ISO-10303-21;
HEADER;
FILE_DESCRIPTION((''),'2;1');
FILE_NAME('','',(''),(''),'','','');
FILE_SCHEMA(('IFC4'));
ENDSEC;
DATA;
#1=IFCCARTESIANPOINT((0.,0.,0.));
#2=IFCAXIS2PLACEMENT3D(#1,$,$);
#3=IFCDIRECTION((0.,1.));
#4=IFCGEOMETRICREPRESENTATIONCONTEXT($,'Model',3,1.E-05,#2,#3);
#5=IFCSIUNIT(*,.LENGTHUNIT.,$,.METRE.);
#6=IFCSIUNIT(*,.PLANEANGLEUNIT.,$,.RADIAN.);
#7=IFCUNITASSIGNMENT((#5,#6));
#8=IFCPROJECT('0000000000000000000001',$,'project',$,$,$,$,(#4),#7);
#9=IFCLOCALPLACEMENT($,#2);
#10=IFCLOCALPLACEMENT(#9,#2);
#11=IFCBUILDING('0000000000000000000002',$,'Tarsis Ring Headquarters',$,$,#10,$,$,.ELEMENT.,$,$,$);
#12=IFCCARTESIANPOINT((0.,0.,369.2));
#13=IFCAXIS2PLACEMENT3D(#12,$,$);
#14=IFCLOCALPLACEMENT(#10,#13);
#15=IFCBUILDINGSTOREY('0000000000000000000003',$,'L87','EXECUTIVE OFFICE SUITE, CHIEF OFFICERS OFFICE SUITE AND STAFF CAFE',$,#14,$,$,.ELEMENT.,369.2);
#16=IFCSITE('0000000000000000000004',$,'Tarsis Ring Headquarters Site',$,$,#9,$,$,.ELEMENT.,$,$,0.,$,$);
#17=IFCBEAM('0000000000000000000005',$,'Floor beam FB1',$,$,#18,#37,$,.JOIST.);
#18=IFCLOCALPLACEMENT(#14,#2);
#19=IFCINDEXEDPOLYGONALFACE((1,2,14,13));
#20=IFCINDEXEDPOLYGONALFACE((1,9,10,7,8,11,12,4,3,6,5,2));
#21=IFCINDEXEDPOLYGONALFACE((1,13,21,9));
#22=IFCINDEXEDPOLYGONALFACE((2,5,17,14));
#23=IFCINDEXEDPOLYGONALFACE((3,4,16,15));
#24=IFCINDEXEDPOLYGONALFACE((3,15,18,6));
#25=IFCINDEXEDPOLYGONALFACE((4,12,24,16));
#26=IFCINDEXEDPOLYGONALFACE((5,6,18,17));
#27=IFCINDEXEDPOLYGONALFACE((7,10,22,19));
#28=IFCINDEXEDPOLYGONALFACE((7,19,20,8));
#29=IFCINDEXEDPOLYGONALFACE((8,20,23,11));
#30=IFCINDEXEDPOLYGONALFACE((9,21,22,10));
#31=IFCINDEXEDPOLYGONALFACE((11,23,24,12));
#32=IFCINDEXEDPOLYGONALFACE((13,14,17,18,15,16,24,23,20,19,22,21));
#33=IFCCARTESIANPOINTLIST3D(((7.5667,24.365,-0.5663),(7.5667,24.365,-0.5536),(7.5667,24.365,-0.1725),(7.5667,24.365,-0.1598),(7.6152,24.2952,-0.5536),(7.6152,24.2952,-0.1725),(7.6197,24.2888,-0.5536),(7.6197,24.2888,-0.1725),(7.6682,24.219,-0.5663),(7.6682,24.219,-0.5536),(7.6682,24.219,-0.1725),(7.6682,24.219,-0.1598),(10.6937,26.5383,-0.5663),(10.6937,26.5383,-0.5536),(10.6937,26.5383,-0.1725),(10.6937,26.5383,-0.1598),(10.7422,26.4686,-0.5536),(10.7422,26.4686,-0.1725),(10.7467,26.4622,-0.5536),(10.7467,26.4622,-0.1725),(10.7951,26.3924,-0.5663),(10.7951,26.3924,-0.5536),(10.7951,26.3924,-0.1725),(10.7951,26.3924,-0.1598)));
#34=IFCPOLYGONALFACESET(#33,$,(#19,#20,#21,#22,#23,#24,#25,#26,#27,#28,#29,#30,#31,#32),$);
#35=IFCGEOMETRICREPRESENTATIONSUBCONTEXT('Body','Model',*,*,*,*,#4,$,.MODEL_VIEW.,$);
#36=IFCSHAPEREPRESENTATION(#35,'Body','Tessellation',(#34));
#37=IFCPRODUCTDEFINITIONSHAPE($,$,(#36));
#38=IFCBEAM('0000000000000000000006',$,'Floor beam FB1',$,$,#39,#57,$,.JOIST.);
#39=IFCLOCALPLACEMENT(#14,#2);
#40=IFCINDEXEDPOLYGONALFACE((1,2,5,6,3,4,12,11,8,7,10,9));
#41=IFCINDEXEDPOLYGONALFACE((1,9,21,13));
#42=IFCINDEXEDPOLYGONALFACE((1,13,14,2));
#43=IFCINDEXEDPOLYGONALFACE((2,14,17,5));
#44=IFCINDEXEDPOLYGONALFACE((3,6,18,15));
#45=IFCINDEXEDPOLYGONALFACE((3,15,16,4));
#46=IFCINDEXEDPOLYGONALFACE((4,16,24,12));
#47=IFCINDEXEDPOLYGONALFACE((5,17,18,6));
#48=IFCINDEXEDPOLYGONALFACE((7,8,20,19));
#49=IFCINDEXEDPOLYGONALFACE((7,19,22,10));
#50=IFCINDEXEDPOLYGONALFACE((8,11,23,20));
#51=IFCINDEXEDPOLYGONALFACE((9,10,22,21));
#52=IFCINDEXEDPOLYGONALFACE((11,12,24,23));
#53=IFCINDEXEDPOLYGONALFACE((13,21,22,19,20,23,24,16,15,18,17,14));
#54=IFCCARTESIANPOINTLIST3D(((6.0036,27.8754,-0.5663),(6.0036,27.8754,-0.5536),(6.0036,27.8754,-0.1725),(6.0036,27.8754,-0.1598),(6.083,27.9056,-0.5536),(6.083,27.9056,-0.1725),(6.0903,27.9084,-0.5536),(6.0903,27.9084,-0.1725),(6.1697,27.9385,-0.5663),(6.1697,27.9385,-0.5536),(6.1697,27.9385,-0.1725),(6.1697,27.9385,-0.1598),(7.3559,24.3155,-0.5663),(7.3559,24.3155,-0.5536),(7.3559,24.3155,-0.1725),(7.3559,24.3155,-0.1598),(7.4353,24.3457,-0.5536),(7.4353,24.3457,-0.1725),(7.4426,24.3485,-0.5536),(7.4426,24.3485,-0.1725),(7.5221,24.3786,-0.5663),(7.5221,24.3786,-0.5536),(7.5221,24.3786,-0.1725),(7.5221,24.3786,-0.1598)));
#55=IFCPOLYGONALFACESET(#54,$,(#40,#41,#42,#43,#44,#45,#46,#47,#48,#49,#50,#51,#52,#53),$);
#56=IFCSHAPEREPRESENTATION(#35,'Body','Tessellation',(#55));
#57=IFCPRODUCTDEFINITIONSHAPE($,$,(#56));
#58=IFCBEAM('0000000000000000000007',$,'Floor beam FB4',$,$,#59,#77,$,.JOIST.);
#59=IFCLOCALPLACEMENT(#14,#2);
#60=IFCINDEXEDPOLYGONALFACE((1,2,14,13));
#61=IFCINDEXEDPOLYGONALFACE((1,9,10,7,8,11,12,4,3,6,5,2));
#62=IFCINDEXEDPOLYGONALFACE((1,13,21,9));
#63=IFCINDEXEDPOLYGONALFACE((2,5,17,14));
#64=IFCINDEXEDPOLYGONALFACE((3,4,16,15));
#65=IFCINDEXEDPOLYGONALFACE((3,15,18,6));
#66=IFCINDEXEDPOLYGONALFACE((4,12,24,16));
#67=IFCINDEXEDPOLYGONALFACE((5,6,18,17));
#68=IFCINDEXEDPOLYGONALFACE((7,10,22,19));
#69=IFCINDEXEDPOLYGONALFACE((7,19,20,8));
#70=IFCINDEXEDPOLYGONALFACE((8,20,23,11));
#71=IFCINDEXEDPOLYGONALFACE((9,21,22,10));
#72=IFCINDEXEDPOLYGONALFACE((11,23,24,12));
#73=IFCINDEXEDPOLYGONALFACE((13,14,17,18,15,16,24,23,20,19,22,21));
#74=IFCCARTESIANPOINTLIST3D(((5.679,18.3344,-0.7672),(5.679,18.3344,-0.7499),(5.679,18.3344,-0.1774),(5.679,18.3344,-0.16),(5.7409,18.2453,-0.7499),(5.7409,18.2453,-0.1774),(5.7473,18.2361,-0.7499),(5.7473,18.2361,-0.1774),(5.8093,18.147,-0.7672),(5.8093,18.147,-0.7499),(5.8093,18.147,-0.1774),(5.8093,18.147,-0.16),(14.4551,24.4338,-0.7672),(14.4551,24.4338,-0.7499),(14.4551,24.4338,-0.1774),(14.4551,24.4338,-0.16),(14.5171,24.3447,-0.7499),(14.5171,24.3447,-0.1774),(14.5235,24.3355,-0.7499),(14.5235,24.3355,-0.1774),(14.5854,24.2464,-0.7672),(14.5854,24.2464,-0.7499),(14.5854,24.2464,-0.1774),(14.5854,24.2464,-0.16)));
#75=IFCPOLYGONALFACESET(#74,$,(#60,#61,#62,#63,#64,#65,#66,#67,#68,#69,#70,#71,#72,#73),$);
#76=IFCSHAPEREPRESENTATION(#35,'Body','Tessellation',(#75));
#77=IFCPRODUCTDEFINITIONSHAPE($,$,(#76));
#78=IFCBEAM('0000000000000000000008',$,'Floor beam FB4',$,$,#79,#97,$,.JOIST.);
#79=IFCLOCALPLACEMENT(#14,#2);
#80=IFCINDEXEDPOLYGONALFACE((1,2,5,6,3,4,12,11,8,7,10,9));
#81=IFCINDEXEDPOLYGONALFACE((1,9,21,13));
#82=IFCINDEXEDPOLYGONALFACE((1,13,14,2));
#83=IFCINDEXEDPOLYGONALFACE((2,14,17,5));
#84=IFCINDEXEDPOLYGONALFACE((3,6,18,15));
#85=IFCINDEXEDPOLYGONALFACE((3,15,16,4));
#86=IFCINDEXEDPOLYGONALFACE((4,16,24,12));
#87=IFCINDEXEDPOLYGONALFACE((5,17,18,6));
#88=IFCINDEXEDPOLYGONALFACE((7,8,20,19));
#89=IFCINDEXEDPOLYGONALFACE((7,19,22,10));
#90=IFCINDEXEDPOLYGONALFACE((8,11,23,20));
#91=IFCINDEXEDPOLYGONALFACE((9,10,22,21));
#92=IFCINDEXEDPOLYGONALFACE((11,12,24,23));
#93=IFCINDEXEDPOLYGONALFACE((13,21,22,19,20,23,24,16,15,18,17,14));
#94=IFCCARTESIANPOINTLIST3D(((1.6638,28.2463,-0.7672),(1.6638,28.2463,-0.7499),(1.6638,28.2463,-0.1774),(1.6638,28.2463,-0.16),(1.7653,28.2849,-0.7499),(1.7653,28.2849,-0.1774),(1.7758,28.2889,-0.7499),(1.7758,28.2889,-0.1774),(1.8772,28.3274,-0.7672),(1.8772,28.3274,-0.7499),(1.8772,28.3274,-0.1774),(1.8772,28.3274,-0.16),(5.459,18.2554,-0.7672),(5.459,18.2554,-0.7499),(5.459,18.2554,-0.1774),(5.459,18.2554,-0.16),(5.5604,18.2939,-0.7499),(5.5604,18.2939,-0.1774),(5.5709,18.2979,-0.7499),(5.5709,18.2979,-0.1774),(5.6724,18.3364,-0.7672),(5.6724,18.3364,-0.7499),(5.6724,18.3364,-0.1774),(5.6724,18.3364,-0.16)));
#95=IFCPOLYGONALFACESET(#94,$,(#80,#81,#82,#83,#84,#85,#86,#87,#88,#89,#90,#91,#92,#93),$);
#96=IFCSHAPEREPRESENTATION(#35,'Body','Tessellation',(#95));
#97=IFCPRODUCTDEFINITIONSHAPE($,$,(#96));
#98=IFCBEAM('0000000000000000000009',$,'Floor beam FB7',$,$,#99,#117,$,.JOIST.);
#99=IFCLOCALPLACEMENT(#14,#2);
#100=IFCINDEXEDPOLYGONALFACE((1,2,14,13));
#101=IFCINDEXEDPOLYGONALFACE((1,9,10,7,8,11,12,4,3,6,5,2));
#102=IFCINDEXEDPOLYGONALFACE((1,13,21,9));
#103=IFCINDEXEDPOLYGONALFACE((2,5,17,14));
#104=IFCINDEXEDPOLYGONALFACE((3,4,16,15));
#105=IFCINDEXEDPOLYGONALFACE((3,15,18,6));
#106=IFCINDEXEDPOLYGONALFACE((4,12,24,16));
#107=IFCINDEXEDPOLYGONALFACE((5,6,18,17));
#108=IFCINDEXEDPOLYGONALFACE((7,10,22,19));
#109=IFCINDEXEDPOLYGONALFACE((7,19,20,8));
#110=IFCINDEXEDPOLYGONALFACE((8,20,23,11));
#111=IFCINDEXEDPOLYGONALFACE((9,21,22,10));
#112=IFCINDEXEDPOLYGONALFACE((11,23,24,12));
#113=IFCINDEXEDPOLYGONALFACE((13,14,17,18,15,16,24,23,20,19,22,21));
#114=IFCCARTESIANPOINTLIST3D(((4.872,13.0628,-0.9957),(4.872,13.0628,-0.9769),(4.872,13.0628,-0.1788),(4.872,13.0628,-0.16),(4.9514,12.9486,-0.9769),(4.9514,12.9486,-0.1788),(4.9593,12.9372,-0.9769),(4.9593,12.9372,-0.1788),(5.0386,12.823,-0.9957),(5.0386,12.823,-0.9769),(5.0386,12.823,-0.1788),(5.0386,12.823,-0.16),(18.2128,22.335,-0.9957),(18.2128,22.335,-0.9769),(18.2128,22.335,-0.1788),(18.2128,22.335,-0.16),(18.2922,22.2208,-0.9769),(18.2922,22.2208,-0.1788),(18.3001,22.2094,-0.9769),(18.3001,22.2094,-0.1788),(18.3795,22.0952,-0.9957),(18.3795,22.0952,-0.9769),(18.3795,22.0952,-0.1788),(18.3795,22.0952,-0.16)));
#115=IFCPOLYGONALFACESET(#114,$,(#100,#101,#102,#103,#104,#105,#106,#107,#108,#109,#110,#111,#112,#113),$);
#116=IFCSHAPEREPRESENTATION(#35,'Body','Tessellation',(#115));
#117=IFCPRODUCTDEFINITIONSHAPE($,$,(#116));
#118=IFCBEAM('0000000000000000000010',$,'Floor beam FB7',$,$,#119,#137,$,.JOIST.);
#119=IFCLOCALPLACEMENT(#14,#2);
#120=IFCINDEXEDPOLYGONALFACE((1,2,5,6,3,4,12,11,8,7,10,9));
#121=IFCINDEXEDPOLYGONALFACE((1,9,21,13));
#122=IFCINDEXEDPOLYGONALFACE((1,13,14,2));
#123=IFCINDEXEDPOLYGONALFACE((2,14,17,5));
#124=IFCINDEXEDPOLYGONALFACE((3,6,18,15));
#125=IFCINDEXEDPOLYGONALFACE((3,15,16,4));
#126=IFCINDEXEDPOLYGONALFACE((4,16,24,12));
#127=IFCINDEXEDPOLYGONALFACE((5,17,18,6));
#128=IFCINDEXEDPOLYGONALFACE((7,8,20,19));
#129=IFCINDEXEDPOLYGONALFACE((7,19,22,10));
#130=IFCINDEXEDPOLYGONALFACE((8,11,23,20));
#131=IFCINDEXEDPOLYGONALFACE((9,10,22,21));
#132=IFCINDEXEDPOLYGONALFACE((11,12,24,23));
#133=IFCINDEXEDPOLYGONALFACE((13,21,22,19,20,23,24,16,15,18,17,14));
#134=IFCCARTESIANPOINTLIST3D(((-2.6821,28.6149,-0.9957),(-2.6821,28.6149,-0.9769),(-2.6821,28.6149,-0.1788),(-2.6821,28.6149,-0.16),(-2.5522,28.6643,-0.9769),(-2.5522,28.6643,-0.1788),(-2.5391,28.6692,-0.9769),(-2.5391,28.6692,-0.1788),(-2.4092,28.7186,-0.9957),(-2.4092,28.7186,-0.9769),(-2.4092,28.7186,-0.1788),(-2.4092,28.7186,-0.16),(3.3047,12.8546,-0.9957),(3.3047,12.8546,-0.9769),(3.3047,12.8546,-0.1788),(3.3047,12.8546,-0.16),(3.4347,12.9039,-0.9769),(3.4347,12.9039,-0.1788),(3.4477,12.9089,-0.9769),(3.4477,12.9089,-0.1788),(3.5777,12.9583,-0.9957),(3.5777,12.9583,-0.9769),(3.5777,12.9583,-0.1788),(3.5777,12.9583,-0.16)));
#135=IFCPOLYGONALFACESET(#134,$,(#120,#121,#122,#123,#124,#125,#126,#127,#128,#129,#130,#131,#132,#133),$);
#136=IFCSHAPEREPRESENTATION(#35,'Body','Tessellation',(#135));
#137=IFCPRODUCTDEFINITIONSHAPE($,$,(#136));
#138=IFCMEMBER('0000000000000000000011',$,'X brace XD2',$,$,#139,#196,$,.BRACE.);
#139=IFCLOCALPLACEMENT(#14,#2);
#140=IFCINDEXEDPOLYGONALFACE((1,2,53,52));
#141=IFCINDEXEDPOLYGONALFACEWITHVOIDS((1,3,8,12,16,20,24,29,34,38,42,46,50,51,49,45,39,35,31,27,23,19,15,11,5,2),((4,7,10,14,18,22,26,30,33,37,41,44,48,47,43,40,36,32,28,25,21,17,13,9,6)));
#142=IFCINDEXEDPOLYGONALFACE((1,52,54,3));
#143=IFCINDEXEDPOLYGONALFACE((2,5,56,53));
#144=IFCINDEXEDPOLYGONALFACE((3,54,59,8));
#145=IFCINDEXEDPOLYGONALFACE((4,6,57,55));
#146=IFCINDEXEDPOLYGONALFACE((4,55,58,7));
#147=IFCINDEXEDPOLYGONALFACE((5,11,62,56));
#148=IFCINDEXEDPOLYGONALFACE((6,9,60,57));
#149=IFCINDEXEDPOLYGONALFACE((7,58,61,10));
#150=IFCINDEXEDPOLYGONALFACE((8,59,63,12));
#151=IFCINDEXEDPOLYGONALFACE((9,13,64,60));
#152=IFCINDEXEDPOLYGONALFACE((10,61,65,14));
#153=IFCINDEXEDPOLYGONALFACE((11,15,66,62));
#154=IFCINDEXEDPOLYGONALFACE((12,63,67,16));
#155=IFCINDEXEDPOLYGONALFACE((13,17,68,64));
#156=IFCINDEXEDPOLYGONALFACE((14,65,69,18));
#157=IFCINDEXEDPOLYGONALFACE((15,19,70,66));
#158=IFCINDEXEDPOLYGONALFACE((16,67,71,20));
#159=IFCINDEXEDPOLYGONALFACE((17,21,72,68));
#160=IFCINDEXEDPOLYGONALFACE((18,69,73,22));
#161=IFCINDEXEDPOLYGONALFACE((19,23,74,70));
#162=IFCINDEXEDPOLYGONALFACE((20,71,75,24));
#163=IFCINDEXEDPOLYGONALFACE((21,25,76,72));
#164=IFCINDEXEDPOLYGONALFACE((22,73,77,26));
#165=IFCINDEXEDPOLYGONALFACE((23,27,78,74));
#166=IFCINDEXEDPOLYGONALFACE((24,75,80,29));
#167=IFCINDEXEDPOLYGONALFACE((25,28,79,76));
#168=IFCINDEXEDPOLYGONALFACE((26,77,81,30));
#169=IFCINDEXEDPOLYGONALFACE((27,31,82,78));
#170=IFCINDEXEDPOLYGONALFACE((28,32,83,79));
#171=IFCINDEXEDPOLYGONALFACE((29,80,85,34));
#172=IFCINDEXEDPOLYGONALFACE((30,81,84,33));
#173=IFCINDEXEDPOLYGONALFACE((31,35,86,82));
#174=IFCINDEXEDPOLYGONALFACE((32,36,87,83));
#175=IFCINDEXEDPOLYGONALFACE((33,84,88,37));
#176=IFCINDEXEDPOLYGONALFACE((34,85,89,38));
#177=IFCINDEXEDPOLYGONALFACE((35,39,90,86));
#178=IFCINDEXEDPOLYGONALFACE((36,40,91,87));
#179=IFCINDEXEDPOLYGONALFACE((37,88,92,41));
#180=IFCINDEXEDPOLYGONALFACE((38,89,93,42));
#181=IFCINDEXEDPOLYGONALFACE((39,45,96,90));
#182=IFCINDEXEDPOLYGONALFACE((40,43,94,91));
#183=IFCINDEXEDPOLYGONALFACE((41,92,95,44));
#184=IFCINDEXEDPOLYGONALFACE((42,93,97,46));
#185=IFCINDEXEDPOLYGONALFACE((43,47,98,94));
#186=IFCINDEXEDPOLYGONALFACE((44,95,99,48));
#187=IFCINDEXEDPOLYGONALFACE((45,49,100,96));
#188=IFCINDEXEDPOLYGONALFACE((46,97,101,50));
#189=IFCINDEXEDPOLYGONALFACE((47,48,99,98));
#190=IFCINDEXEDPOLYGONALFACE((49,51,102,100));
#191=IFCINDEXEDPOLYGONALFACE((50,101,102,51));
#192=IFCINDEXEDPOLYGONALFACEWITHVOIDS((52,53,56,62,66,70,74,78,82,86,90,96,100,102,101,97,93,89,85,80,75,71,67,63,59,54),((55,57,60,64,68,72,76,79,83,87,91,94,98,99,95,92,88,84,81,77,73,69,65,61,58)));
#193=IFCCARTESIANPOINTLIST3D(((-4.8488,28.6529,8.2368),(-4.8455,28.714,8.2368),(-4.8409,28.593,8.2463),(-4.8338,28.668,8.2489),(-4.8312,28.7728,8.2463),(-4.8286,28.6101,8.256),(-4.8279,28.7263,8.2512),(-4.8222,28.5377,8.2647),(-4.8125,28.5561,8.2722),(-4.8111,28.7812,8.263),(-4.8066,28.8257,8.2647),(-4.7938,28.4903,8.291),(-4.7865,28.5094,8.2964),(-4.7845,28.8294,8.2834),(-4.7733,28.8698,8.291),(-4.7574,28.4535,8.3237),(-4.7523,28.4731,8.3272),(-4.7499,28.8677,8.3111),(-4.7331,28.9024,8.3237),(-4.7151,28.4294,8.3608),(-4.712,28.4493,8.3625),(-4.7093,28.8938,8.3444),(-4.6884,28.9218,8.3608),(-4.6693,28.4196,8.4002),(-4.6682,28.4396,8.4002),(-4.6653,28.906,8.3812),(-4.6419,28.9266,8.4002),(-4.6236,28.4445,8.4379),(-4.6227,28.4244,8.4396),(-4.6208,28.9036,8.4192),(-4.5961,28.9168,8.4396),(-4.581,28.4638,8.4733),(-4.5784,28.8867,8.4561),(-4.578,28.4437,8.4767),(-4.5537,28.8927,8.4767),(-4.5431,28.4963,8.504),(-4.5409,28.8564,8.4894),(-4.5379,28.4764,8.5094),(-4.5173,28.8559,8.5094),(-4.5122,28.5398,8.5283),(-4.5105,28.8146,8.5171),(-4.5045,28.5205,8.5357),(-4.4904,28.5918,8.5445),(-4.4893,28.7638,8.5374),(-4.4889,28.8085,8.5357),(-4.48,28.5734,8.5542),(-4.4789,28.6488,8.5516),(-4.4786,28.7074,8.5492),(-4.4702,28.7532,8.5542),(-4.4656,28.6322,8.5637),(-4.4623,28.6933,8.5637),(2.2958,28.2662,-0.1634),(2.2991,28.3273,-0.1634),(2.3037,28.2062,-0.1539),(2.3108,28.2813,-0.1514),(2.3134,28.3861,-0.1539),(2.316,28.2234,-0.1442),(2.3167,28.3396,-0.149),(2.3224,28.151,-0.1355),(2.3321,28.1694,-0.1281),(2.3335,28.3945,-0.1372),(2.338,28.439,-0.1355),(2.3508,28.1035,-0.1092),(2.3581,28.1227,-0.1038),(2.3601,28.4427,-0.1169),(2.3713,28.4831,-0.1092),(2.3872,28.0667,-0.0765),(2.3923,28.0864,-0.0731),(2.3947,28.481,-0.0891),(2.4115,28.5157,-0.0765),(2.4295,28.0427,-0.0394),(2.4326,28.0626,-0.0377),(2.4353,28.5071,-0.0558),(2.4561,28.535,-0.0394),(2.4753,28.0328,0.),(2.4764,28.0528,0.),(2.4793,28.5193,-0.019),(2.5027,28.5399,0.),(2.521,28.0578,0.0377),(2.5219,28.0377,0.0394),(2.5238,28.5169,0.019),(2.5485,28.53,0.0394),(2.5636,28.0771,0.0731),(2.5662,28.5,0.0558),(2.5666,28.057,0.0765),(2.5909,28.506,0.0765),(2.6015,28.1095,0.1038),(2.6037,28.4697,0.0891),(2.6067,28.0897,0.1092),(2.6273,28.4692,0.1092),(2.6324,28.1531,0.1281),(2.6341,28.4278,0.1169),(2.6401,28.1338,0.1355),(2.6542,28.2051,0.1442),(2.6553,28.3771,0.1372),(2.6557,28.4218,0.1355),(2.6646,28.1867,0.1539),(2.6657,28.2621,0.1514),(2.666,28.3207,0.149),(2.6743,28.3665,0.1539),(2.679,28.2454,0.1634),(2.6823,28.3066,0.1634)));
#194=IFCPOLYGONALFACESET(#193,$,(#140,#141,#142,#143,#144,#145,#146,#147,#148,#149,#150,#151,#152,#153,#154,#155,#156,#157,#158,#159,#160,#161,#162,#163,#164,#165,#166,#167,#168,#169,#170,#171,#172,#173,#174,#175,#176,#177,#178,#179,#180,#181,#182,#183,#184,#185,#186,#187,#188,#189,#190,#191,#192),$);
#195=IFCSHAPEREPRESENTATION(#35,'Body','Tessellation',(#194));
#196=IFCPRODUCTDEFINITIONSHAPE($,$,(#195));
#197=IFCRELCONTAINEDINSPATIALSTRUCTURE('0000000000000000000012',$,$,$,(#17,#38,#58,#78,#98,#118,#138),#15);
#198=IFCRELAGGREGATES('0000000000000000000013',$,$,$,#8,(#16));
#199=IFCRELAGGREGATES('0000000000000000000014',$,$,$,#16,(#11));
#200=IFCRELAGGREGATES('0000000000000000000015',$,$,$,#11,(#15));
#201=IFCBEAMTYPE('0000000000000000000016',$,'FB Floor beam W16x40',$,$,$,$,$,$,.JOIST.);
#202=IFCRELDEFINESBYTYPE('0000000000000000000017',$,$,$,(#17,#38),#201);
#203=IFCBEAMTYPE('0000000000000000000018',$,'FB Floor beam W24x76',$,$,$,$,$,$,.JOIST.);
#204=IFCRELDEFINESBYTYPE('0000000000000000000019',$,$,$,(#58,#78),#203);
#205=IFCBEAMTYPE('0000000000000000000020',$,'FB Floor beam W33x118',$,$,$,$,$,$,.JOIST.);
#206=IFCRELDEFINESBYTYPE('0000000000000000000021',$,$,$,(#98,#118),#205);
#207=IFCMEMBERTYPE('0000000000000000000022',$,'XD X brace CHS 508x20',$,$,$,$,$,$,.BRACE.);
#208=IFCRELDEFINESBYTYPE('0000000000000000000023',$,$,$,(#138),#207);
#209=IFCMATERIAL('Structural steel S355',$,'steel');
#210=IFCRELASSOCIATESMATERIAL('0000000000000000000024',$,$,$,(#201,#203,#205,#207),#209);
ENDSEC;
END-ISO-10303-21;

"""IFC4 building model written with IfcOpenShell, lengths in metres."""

from ifc_helpers import new_model, si_unit, direction, frame, origin, origin_2d, place, context, subcontext, project, spatial, hollow_circle, i_section, extrude, material, material_profile, profile_set, type_object, element, save


model = new_model("IFC4")

# Units and contexts
model_context = context("Model", 3, precision=1e-05, world=origin(), true_north=direction((0.0, 1.0)))
body_context = subcontext(model_context, "Body", "Model", "MODEL_VIEW")
ifc_project = project(units=[si_unit("LENGTHUNIT", "METRE"), si_unit("PLANEANGLEUNIT", "RADIAN")], contexts=[model_context])

# Site, building, storey
site_placement = place(None, origin())
site = spatial("IfcSite", under=ifc_project, at=site_placement, Name="Tarsis Ring Headquarters Site", CompositionType="ELEMENT", RefElevation=0.0)
building_placement = place(site_placement, origin())
building = spatial("IfcBuilding", under=site, at=building_placement, Name="Tarsis Ring Headquarters", CompositionType="ELEMENT")
storey_placement = place(building_placement, frame((0.0, 0.0, 369.2)))
storey = spatial("IfcBuildingStorey", under=building, at=storey_placement, Name="L87", Description="EXECUTIVE OFFICE SUITE, CHIEF OFFICERS OFFICE SUITE AND STAFF CAFE", CompositionType="ELEMENT", Elevation=369.2)

# Beams
ifc_material_1 = material(Name="Structural steel S355", Category="steel")
ifc_material_profile_1 = material_profile(ifc_material_1, i_section(OverallWidth=0.1777, OverallDepth=0.4065, WebThickness=0.0078, FlangeThickness=0.0127, at=origin_2d()), Name="W16x40")
ifc_profile_set_1 = profile_set([ifc_material_profile_1], Name="Structural steel S355")
beam_type_1 = type_object("IfcBeamType", Name="FB Floor beam W16x40", PredefinedType="JOIST", material=ifc_profile_set_1)
for number, where, z_axis, x_axis, name in (
    (1, (7.6174, 24.292, -0.363), (0.821143, 0.570723, 0.0), (-0.570723, 0.821143, 0.0), "Floor beam FB1"),
    (2, (6.0867, 27.907, -0.363), (0.355118, -0.934821, 0.0), (0.934821, 0.355118, 0.0), "Floor beam FB1"),
):
    element("IfcBeam", number, at=place(storey_placement, frame(where, z_axis=z_axis, x_axis=x_axis)), inside=storey, type_object=beam_type_1, Name=name, PredefinedType="JOIST", context=body_context, shape_type="SweptSolid", body=[
        extrude(i_section(OverallWidth=0.1777, OverallDepth=0.4065, WebThickness=0.0078, FlangeThickness=0.0127, at=origin_2d()), origin(), (0.0, 0.0, 1.0), 3.8081),
    ])
ifc_material_profile_2 = material_profile(ifc_material_1, i_section(OverallWidth=0.2283, OverallDepth=0.6072, WebThickness=0.0112, FlangeThickness=0.0173, at=origin_2d()), Name="W24x76")
ifc_profile_set_2 = profile_set([ifc_material_profile_2], Name="Structural steel S355")
beam_type_2 = type_object("IfcBeamType", Name="FB Floor beam W24x76", PredefinedType="JOIST", material=ifc_profile_set_2)
for number, where, z_axis, x_axis, name in (
    (3, (5.7441, 18.2407, -0.4636), (0.821158, 0.570701, 0.0), (-0.570701, 0.821158, 0.0), "Floor beam FB4"),
    (4, (1.7705, 28.2869, -0.4636), (0.355103, -0.934827, 0.0), (0.934827, 0.355103, 0.0), "Floor beam FB4"),
):
    element("IfcBeam", number, at=place(storey_placement, frame(where, z_axis=z_axis, x_axis=x_axis)), inside=storey, type_object=beam_type_2, Name=name, PredefinedType="JOIST", context=body_context, shape_type="SweptSolid", body=[
        extrude(i_section(OverallWidth=0.2283, OverallDepth=0.6072, WebThickness=0.0112, FlangeThickness=0.0173, at=origin_2d()), origin(), (0.0, 0.0, 1.0), 10.6875),
    ])
ifc_material_profile_3 = material_profile(ifc_material_1, i_section(OverallWidth=0.292, OverallDepth=0.8357, WebThickness=0.0139, FlangeThickness=0.0188, at=origin_2d()), Name="W33x118")
ifc_profile_set_3 = profile_set([ifc_material_profile_3], Name="Structural steel S355")
beam_type_3 = type_object("IfcBeamType", Name="FB Floor beam W33x118", PredefinedType="JOIST", material=ifc_profile_set_3)
beam_1_placement = place(storey_placement, frame((4.9553, 12.9429, -0.5779), z_axis=(0.821146, 0.570718, 0.0), x_axis=(-0.570718, 0.821146, 0.0)))
element("IfcBeam", 5, at=beam_1_placement, inside=storey, type_object=beam_type_3, Name="Floor beam FB7", PredefinedType="JOIST", context=body_context, shape_type="SweptSolid", body=[
    extrude(i_section(OverallWidth=0.292, OverallDepth=0.8357, WebThickness=0.0139, FlangeThickness=0.0188, at=origin_2d()), origin(), (0.0, 0.0, 1.0), 16.2466),
])
beam_2_placement = place(storey_placement, frame((-2.5457, 28.6667, -0.5779), z_axis=(0.35511, -0.934825, 0.0), x_axis=(0.934825, 0.35511, 0.0)))
element("IfcBeam", 6, at=beam_2_placement, inside=storey, type_object=beam_type_3, Name="Floor beam FB7", PredefinedType="JOIST", context=body_context, shape_type="SweptSolid", body=[
    extrude(i_section(OverallWidth=0.292, OverallDepth=0.8357, WebThickness=0.0139, FlangeThickness=0.0188, at=origin_2d()), origin(), (0.0, 0.0, 1.0), 16.8591),
])

# Member
ifc_material_profile_4 = material_profile(ifc_material_1, hollow_circle(Radius=0.2539, WallThickness=0.02, at=origin_2d()), Name="CHS 508x20")
ifc_profile_set_4 = profile_set([ifc_material_profile_4], Name="Structural steel S355")
member_type = type_object("IfcMemberType", Name="XD X brace CHS 508x20", PredefinedType="BRACE", material=ifc_profile_set_4)
member_1_placement = place(storey_placement, frame((2.489, 28.2864, 0.0), z_axis=(-0.647482, 0.035047, 0.761274), x_axis=(-0.054049, -0.998538, 0.0)))
element("IfcMember", 7, at=member_1_placement, inside=storey, type_object=member_type, Name="X brace XD2", PredefinedType="BRACE", context=body_context, shape_type="SweptSolid", body=[
    extrude(hollow_circle(Radius=0.2539, WallThickness=0.02, at=origin_2d()), origin(), (0.0, 0.0, 1.0), 11.0344),
])

save(model, "model.ifc")
